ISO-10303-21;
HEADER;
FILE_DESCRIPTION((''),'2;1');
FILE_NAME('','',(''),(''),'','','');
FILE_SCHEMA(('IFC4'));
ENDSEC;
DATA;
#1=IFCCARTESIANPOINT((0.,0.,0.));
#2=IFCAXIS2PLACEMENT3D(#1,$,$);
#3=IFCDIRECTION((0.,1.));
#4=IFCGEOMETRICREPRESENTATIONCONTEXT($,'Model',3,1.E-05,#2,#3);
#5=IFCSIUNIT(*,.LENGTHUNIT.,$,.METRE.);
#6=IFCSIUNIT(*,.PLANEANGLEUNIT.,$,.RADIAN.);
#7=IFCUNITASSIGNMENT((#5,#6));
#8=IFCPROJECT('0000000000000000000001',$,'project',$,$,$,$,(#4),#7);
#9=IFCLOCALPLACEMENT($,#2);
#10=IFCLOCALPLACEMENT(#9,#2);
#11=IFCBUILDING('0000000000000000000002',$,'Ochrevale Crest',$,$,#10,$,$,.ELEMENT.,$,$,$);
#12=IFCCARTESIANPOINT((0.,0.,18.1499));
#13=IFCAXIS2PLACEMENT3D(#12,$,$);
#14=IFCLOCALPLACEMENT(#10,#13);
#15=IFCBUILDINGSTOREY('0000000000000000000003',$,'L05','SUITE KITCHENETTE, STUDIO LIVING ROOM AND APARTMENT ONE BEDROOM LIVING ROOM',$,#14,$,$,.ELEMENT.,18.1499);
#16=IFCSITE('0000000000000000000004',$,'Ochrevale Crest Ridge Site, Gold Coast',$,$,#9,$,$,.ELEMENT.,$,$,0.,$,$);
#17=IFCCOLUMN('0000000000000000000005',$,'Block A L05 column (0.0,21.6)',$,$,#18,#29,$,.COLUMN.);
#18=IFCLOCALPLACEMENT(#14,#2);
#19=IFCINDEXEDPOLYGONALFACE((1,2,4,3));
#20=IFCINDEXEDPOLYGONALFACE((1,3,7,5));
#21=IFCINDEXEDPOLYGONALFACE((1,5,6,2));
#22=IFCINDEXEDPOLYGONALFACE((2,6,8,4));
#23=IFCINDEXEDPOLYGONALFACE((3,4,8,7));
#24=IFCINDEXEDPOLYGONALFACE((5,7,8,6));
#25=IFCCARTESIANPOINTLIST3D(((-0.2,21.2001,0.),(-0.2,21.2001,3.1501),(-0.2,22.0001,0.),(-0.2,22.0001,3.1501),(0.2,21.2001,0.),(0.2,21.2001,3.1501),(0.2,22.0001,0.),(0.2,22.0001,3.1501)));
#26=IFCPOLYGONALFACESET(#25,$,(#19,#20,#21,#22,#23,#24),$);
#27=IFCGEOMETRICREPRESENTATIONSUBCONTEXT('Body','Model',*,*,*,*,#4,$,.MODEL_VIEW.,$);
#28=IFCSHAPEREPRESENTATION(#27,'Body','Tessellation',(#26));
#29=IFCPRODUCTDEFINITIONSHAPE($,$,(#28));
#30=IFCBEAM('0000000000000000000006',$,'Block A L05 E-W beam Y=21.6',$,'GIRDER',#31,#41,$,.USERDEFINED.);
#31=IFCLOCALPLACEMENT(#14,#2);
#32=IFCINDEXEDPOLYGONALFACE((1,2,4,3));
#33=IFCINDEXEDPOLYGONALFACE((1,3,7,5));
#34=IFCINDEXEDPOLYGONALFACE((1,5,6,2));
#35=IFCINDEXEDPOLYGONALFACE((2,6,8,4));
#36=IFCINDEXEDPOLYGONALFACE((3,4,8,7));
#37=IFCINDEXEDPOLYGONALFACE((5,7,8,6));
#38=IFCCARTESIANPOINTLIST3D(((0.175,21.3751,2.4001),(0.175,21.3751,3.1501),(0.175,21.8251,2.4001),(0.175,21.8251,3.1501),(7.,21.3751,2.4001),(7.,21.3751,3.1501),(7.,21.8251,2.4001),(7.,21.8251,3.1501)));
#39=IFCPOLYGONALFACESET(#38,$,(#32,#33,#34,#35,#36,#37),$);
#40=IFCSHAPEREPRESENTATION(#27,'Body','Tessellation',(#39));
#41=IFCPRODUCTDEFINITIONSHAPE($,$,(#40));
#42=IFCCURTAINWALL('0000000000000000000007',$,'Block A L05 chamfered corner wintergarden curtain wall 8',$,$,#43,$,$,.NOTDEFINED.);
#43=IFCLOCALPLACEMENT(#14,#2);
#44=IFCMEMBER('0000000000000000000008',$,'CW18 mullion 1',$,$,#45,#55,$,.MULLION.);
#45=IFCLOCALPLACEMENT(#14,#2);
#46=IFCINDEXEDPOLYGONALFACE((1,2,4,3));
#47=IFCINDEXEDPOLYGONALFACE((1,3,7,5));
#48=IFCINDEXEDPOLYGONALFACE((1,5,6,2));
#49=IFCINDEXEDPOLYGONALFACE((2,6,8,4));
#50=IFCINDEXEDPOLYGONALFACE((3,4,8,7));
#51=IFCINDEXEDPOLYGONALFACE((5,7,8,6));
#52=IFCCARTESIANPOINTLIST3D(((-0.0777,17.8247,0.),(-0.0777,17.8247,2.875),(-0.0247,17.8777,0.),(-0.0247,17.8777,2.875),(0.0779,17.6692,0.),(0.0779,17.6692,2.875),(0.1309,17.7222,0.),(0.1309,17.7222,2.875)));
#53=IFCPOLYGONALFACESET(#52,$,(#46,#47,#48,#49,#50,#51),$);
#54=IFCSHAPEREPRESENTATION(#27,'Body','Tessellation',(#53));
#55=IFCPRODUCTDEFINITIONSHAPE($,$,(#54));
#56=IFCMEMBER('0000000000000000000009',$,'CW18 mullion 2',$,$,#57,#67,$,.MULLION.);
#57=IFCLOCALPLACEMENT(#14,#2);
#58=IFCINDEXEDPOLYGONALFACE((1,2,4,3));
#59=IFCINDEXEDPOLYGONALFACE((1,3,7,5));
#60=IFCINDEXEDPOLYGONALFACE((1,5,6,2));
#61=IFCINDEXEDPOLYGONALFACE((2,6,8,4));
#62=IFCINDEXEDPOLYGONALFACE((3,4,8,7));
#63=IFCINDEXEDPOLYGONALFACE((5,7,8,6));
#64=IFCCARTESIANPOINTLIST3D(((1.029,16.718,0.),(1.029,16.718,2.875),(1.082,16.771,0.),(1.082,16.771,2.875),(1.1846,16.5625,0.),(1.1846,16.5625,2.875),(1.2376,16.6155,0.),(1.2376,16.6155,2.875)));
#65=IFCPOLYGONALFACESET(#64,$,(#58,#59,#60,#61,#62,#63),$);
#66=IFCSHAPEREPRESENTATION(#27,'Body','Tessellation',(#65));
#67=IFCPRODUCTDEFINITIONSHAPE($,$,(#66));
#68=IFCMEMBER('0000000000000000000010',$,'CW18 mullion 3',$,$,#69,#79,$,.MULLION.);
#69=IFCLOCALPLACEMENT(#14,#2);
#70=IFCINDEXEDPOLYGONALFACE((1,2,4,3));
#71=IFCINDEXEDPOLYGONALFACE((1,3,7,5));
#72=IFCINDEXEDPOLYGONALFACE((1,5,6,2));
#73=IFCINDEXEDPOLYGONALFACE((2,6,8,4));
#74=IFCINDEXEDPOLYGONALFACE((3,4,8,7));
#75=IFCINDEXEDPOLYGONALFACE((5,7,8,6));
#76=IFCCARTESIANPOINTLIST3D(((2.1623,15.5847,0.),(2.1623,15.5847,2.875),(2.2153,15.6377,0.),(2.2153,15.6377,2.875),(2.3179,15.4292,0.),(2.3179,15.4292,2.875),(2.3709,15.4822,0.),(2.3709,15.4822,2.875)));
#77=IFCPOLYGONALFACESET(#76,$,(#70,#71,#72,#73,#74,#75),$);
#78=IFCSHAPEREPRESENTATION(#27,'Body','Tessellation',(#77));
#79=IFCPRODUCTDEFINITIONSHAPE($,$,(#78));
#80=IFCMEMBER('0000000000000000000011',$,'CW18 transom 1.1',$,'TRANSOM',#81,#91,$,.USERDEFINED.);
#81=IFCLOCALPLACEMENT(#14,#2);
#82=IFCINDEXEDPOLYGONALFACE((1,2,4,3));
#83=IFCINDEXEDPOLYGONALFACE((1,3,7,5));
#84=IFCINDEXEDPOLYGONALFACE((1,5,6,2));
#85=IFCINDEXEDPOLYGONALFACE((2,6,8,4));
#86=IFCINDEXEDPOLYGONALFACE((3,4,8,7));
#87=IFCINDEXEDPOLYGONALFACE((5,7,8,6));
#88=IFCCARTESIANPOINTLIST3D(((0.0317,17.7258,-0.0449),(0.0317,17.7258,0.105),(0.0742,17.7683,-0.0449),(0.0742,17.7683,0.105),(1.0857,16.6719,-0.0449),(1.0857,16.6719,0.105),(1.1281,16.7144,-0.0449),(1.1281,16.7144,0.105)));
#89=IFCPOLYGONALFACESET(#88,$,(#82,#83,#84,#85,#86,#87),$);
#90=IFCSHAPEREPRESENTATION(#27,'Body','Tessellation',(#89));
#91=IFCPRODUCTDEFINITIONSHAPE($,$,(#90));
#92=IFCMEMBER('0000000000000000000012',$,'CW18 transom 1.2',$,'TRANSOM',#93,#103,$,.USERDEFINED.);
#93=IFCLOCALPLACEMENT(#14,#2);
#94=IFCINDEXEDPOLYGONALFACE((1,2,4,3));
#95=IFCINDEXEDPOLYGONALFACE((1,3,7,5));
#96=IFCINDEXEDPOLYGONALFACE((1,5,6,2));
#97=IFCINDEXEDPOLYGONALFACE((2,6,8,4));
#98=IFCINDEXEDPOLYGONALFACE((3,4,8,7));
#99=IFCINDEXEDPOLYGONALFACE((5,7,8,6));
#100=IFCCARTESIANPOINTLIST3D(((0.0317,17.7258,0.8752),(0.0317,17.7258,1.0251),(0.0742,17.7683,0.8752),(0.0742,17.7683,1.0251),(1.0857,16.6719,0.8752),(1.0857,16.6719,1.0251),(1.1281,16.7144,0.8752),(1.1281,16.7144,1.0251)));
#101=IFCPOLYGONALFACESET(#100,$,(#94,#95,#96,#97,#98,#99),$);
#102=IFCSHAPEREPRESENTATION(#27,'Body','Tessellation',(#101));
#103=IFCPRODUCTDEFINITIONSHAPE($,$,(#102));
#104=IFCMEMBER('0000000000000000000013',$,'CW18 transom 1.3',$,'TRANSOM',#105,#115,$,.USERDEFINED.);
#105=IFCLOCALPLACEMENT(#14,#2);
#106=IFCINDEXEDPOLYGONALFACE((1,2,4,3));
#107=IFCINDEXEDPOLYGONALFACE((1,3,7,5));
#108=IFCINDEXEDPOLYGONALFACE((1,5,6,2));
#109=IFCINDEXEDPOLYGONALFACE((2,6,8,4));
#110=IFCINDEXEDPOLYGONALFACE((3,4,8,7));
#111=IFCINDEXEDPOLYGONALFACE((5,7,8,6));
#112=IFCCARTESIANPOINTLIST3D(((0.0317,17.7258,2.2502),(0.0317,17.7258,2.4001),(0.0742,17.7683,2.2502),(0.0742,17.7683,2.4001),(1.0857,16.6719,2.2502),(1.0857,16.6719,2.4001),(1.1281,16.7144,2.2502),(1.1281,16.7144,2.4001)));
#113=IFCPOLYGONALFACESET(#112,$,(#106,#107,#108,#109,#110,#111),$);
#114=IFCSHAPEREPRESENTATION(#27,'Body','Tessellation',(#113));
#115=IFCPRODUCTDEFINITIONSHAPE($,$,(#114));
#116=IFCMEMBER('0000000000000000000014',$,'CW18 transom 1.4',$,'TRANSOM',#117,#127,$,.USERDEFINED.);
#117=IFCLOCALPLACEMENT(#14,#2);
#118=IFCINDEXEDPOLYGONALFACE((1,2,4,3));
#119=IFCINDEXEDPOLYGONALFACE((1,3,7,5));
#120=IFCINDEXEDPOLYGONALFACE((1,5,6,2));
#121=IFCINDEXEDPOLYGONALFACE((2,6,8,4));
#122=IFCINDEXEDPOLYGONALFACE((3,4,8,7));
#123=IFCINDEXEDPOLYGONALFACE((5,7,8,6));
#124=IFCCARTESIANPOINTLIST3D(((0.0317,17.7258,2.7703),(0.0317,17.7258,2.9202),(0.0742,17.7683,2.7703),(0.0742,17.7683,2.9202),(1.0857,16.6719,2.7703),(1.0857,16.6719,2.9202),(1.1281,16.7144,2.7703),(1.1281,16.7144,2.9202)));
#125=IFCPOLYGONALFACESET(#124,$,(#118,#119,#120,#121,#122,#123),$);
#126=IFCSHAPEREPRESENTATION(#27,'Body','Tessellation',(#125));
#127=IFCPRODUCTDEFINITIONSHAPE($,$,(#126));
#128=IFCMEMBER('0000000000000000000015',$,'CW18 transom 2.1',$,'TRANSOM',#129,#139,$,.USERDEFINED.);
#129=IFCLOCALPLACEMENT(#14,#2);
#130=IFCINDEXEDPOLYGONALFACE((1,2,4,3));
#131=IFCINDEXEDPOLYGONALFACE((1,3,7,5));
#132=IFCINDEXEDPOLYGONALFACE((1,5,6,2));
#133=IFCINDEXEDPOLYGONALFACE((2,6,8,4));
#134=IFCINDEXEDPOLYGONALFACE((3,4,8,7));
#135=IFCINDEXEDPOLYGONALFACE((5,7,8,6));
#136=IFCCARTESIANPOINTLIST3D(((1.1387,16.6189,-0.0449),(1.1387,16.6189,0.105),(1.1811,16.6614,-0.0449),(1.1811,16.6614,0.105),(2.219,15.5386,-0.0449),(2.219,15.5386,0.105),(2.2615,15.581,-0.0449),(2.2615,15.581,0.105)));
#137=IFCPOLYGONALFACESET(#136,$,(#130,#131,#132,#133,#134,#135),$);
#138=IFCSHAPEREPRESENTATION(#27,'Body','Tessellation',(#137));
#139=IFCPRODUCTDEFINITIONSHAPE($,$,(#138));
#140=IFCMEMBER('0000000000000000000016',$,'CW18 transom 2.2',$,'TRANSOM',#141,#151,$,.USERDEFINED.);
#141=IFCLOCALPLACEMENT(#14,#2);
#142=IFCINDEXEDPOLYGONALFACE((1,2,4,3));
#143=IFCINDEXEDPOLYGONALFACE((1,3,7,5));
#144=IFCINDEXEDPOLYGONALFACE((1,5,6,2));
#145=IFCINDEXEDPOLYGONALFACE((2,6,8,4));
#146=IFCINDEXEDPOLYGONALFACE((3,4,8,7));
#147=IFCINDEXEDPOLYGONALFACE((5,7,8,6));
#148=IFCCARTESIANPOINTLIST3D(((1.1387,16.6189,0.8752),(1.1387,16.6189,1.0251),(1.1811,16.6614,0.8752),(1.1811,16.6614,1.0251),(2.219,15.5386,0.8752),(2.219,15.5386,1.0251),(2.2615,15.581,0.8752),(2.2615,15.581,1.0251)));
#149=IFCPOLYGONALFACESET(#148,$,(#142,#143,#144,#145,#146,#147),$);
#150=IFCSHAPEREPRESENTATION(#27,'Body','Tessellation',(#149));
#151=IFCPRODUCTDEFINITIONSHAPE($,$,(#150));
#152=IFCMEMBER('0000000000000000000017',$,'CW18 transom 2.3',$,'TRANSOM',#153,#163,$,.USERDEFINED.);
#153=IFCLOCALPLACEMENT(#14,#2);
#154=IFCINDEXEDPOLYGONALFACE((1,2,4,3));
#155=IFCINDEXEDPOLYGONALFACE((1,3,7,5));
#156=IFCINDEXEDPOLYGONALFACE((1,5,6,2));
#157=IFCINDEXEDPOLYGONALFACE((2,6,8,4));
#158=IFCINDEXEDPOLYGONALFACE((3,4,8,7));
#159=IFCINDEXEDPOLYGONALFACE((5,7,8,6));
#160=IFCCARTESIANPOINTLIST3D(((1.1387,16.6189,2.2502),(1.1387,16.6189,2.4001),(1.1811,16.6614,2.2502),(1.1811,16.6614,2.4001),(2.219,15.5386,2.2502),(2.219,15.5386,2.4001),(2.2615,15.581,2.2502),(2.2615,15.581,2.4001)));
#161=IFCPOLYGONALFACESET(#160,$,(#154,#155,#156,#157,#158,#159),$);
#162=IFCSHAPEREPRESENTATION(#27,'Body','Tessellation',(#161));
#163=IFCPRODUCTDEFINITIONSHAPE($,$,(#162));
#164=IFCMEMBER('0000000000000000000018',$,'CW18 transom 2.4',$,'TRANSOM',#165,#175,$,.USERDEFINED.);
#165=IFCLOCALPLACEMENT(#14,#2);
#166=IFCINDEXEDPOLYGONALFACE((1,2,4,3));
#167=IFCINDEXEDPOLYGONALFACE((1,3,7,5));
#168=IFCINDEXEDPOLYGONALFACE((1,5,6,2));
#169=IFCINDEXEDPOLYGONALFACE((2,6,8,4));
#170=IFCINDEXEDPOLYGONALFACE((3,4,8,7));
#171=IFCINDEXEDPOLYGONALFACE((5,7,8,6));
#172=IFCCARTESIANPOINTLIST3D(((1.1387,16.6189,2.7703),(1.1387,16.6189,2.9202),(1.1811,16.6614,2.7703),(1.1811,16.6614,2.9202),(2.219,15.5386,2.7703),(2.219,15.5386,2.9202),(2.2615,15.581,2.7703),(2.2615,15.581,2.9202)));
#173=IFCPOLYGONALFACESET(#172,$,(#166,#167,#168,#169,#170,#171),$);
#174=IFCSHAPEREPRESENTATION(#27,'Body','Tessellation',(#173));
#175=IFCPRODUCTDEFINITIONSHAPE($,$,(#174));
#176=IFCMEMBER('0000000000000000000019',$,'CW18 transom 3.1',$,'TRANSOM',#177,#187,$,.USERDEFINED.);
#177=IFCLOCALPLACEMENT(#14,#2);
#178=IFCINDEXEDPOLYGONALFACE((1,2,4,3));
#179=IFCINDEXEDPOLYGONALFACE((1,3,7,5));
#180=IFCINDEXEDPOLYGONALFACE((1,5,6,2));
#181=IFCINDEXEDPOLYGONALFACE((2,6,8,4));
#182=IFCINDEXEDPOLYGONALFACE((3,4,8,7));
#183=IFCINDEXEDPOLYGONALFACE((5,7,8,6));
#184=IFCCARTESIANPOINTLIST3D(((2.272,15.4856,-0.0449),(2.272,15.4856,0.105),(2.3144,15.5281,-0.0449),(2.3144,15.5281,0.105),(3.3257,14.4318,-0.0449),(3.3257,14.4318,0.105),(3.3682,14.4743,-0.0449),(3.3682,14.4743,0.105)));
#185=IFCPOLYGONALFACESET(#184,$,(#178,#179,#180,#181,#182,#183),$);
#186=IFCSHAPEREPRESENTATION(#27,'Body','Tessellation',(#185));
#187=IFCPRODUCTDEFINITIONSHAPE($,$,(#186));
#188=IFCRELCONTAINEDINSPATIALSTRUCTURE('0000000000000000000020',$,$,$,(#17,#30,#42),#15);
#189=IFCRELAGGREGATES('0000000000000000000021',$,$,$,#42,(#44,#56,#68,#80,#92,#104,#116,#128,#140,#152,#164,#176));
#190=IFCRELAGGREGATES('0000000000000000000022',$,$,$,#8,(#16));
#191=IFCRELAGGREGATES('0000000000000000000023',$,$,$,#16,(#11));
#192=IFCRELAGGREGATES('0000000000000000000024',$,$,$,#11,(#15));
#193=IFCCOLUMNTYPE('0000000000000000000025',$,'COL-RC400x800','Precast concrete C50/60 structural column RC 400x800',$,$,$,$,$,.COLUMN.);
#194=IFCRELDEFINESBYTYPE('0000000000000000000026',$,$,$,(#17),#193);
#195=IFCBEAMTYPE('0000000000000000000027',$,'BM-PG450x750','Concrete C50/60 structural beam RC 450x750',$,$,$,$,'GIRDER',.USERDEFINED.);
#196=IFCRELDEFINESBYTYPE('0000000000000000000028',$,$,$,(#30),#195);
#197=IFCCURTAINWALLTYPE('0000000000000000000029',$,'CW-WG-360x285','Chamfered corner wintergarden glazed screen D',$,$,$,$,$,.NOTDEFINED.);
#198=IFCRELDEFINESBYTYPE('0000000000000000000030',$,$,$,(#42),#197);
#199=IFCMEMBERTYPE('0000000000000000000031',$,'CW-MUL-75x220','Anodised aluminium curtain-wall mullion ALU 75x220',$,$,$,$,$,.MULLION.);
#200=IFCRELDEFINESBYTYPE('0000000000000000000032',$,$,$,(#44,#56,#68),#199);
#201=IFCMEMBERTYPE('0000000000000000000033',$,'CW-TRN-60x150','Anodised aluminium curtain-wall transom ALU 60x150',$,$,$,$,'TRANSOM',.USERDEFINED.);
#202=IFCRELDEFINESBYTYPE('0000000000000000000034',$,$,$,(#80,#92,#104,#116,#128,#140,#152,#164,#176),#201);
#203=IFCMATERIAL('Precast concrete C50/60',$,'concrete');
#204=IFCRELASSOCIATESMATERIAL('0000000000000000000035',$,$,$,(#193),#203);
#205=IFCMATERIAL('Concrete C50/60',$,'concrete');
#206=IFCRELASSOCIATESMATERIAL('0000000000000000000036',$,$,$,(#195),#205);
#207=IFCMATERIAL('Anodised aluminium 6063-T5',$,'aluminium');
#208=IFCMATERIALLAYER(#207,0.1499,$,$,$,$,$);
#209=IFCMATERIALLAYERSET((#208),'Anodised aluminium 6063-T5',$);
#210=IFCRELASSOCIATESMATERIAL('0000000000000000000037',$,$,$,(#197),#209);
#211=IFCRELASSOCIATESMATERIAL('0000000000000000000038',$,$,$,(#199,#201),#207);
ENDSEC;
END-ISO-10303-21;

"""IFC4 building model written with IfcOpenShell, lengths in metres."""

from ifc_helpers import new_model, si_unit, direction, frame, origin, origin_2d, place, context, subcontext, project, spatial, rectangle, extrude, material, layer, layer_set, material_profile, profile_set, type_object, element, aggregate, save


model = new_model("IFC4")

# Units and contexts
model_context = context("Model", 3, precision=1e-05, world=origin(), true_north=direction((0.0, 1.0)))
body_context = subcontext(model_context, "Body", "Model", "MODEL_VIEW")
ifc_project = project(units=[si_unit("LENGTHUNIT", "METRE"), si_unit("PLANEANGLEUNIT", "RADIAN")], contexts=[model_context])

# Site, building, storey
site_placement = place(None, origin())
site = spatial("IfcSite", under=ifc_project, at=site_placement, Name="Ochrevale Crest Ridge Site, Gold Coast", CompositionType="ELEMENT", RefElevation=0.0)
building_placement = place(site_placement, origin())
building = spatial("IfcBuilding", under=site, at=building_placement, Name="Ochrevale Crest", CompositionType="ELEMENT")
storey_placement = place(building_placement, frame((0.0, 0.0, 18.1499)))
storey = spatial("IfcBuildingStorey", under=building, at=storey_placement, Name="L05", Description="SUITE KITCHENETTE, STUDIO LIVING ROOM AND APARTMENT ONE BEDROOM LIVING ROOM", CompositionType="ELEMENT", Elevation=18.1499)

# Column
ifc_material_1 = material(Name="Precast concrete C50/60", Category="concrete")
ifc_material_profile_1 = material_profile(ifc_material_1, rectangle(XDim=0.3999, YDim=0.8, at=origin_2d()), Name="RC 400x800")
ifc_profile_set_1 = profile_set([ifc_material_profile_1], Name="Precast concrete C50/60")
column_type = type_object("IfcColumnType", Name="COL-RC400x800", Description="Precast concrete C50/60 structural column RC 400x800", PredefinedType="COLUMN", material=ifc_profile_set_1)
column_placement = place(storey_placement, frame((0.0, 21.6001, 0.0), z_axis=(0.0, 0.0, 1.0), x_axis=(1.0, 0.0, 0.0)))
element("IfcColumn", 1, at=column_placement, inside=storey, type_object=column_type, Name="Block A L05 column (0.0,21.6)", PredefinedType="COLUMN", context=body_context, shape_type="SweptSolid", body=[
    extrude(rectangle(XDim=0.3999, YDim=0.8, at=origin_2d()), origin(), (0.0, 0.0, 1.0), 3.1501),
])

# Beam
ifc_material_2 = material(Name="Concrete C50/60", Category="concrete")
ifc_material_profile_2 = material_profile(ifc_material_2, rectangle(XDim=0.45, YDim=0.75, at=origin_2d()), Name="RC 450x750")
ifc_profile_set_2 = profile_set([ifc_material_profile_2], Name="Concrete C50/60")
beam_type = type_object("IfcBeamType", Name="BM-PG450x750", Description="Concrete C50/60 structural beam RC 450x750", ElementType="GIRDER", PredefinedType="USERDEFINED", material=ifc_profile_set_2)
beam_placement = place(storey_placement, frame((0.175, 21.6001, 2.7751), z_axis=(1.0, 0.0, 0.0), x_axis=(0.0, 1.0, 0.0)))
element("IfcBeam", 2, at=beam_placement, inside=storey, type_object=beam_type, Name="Block A L05 E-W beam Y=21.6", ObjectType="GIRDER", PredefinedType="USERDEFINED", context=body_context, shape_type="SweptSolid", body=[
    extrude(rectangle(XDim=0.45, YDim=0.75, at=origin_2d()), origin(), (0.0, 0.0, 1.0), 6.825),
])

# Curtain wall, members
ifc_material_3 = material(Name="Anodised aluminium 6063-T5", Category="aluminium")
ifc_layer_1 = layer(ifc_material_3, 0.1499)
ifc_layer_set_1 = layer_set([ifc_layer_1], Name="Anodised aluminium 6063-T5")
curtain_wall_type = type_object("IfcCurtainWallType", Name="CW-WG-360x285", Description="Chamfered corner wintergarden glazed screen D", PredefinedType="NOTDEFINED", material=ifc_layer_set_1)
curtain_wall_placement = place(storey_placement, origin())
curtain_wall = element("IfcCurtainWall", 3, at=curtain_wall_placement, inside=storey, type_object=curtain_wall_type, Name="Block A L05 chamfered corner wintergarden curtain wall 8", PredefinedType="NOTDEFINED")
ifc_material_profile_3 = material_profile(ifc_material_3, rectangle(XDim=0.075, YDim=0.22, at=origin_2d()), Name="ALU 75x220")
ifc_profile_set_3 = profile_set([ifc_material_profile_3], Name="Anodised aluminium 6063-T5")
member_type_1 = type_object("IfcMemberType", Name="CW-MUL-75x220", Description="Anodised aluminium curtain-wall mullion ALU 75x220", PredefinedType="MULLION", material=ifc_profile_set_3)
member_1_placement = place(storey_placement, frame((0.0266, 17.7734, 0.0), z_axis=(0.0, 0.0, 1.0), x_axis=(0.707107, 0.707107, 0.0)))
member_1 = element("IfcMember", 4, at=member_1_placement, type_object=member_type_1, Name="CW18 mullion 1", PredefinedType="MULLION", context=body_context, shape_type="SweptSolid", body=[
    extrude(rectangle(XDim=0.075, YDim=0.22, at=origin_2d()), origin(), (0.0, 0.0, 1.0), 2.875),
])
member_2_placement = place(storey_placement, frame((1.1333, 16.6667, 0.0), z_axis=(0.0, 0.0, 1.0), x_axis=(0.707107, 0.707107, 0.0)))
member_2 = element("IfcMember", 5, at=member_2_placement, type_object=member_type_1, Name="CW18 mullion 2", PredefinedType="MULLION", context=body_context, shape_type="SweptSolid", body=[
    extrude(rectangle(XDim=0.075, YDim=0.22, at=origin_2d()), origin(), (0.0, 0.0, 1.0), 2.875),
])
member_3_placement = place(storey_placement, frame((2.2666, 15.5334, 0.0), z_axis=(0.0, 0.0, 1.0), x_axis=(0.707107, 0.707107, 0.0)))
member_3 = element("IfcMember", 6, at=member_3_placement, type_object=member_type_1, Name="CW18 mullion 3", PredefinedType="MULLION", context=body_context, shape_type="SweptSolid", body=[
    extrude(rectangle(XDim=0.075, YDim=0.22, at=origin_2d()), origin(), (0.0, 0.0, 1.0), 2.875),
])
ifc_material_profile_4 = material_profile(ifc_material_3, rectangle(XDim=0.0601, YDim=0.1499, at=origin_2d()), Name="ALU 60x150")
ifc_profile_set_4 = profile_set([ifc_material_profile_4], Name="Anodised aluminium 6063-T5")
member_type_2 = type_object("IfcMemberType", Name="CW-TRN-60x150", Description="Anodised aluminium curtain-wall transom ALU 60x150", ElementType="TRANSOM", PredefinedType="USERDEFINED", material=ifc_profile_set_4)
member_4_placement = place(storey_placement, frame((0.053, 17.7471, 0.03), z_axis=(0.707107, -0.707107, 0.0), x_axis=(0.707107, 0.707107, 0.0)))
member_4 = element("IfcMember", 7, at=member_4_placement, type_object=member_type_2, Name="CW18 transom 1.1", ObjectType="TRANSOM", PredefinedType="USERDEFINED", context=body_context, shape_type="SweptSolid", body=[
    extrude(rectangle(XDim=0.0601, YDim=0.1499, at=origin_2d()), origin(), (0.0, 0.0, 1.0), 1.4905),
])
member_5_placement = place(storey_placement, frame((0.053, 17.7471, 0.9502), z_axis=(0.707107, -0.707107, 0.0), x_axis=(0.707107, 0.707107, 0.0)))
member_5 = element("IfcMember", 8, at=member_5_placement, type_object=member_type_2, Name="CW18 transom 1.2", ObjectType="TRANSOM", PredefinedType="USERDEFINED", context=body_context, shape_type="SweptSolid", body=[
    extrude(rectangle(XDim=0.0601, YDim=0.1499, at=origin_2d()), origin(), (0.0, 0.0, 1.0), 1.4905),
])
member_6_placement = place(storey_placement, frame((0.053, 17.7471, 2.3252), z_axis=(0.707107, -0.707107, 0.0), x_axis=(0.707107, 0.707107, 0.0)))
member_6 = element("IfcMember", 9, at=member_6_placement, type_object=member_type_2, Name="CW18 transom 1.3", ObjectType="TRANSOM", PredefinedType="USERDEFINED", context=body_context, shape_type="SweptSolid", body=[
    extrude(rectangle(XDim=0.0601, YDim=0.1499, at=origin_2d()), origin(), (0.0, 0.0, 1.0), 1.4905),
])
member_7_placement = place(storey_placement, frame((0.053, 17.7471, 2.8452), z_axis=(0.707107, -0.707107, 0.0), x_axis=(0.707107, 0.707107, 0.0)))
member_7 = element("IfcMember", 10, at=member_7_placement, type_object=member_type_2, Name="CW18 transom 1.4", ObjectType="TRANSOM", PredefinedType="USERDEFINED", context=body_context, shape_type="SweptSolid", body=[
    extrude(rectangle(XDim=0.0601, YDim=0.1499, at=origin_2d()), origin(), (0.0, 0.0, 1.0), 1.4905),
])
member_8_placement = place(storey_placement, frame((1.1599, 16.6401, 0.03), z_axis=(0.707107, -0.707107, 0.0), x_axis=(0.707107, 0.707107, 0.0)))
member_8 = element("IfcMember", 11, at=member_8_placement, type_object=member_type_2, Name="CW18 transom 2.1", ObjectType="TRANSOM", PredefinedType="USERDEFINED", context=body_context, shape_type="SweptSolid", body=[
    extrude(rectangle(XDim=0.0601, YDim=0.1499, at=origin_2d()), origin(), (0.0, 0.0, 1.0), 1.5278),
])
member_9_placement = place(storey_placement, frame((1.1599, 16.6401, 0.9502), z_axis=(0.707107, -0.707107, 0.0), x_axis=(0.707107, 0.707107, 0.0)))
member_9 = element("IfcMember", 12, at=member_9_placement, type_object=member_type_2, Name="CW18 transom 2.2", ObjectType="TRANSOM", PredefinedType="USERDEFINED", context=body_context, shape_type="SweptSolid", body=[
    extrude(rectangle(XDim=0.0601, YDim=0.1499, at=origin_2d()), origin(), (0.0, 0.0, 1.0), 1.5278),
])
member_10_placement = place(storey_placement, frame((1.1599, 16.6401, 2.3252), z_axis=(0.707107, -0.707107, 0.0), x_axis=(0.707107, 0.707107, 0.0)))
member_10 = element("IfcMember", 13, at=member_10_placement, type_object=member_type_2, Name="CW18 transom 2.3", ObjectType="TRANSOM", PredefinedType="USERDEFINED", context=body_context, shape_type="SweptSolid", body=[
    extrude(rectangle(XDim=0.0601, YDim=0.1499, at=origin_2d()), origin(), (0.0, 0.0, 1.0), 1.5278),
])
member_11_placement = place(storey_placement, frame((1.1599, 16.6401, 2.8452), z_axis=(0.707107, -0.707107, 0.0), x_axis=(0.707107, 0.707107, 0.0)))
member_11 = element("IfcMember", 14, at=member_11_placement, type_object=member_type_2, Name="CW18 transom 2.4", ObjectType="TRANSOM", PredefinedType="USERDEFINED", context=body_context, shape_type="SweptSolid", body=[
    extrude(rectangle(XDim=0.0601, YDim=0.1499, at=origin_2d()), origin(), (0.0, 0.0, 1.0), 1.5278),
])
member_12_placement = place(storey_placement, frame((2.2932, 15.5068, 0.03), z_axis=(0.707107, -0.707107, 0.0), x_axis=(0.707107, 0.707107, 0.0)))
member_12 = element("IfcMember", 15, at=member_12_placement, type_object=member_type_2, Name="CW18 transom 3.1", ObjectType="TRANSOM", PredefinedType="USERDEFINED", context=body_context, shape_type="SweptSolid", body=[
    extrude(rectangle(XDim=0.0601, YDim=0.1499, at=origin_2d()), origin(), (0.0, 0.0, 1.0), 1.4902),
])
aggregate(curtain_wall, [member_1, member_2, member_3, member_4, member_5, member_6, member_7, member_8, member_9, member_10, member_11, member_12])

save(model, "model.ifc")
